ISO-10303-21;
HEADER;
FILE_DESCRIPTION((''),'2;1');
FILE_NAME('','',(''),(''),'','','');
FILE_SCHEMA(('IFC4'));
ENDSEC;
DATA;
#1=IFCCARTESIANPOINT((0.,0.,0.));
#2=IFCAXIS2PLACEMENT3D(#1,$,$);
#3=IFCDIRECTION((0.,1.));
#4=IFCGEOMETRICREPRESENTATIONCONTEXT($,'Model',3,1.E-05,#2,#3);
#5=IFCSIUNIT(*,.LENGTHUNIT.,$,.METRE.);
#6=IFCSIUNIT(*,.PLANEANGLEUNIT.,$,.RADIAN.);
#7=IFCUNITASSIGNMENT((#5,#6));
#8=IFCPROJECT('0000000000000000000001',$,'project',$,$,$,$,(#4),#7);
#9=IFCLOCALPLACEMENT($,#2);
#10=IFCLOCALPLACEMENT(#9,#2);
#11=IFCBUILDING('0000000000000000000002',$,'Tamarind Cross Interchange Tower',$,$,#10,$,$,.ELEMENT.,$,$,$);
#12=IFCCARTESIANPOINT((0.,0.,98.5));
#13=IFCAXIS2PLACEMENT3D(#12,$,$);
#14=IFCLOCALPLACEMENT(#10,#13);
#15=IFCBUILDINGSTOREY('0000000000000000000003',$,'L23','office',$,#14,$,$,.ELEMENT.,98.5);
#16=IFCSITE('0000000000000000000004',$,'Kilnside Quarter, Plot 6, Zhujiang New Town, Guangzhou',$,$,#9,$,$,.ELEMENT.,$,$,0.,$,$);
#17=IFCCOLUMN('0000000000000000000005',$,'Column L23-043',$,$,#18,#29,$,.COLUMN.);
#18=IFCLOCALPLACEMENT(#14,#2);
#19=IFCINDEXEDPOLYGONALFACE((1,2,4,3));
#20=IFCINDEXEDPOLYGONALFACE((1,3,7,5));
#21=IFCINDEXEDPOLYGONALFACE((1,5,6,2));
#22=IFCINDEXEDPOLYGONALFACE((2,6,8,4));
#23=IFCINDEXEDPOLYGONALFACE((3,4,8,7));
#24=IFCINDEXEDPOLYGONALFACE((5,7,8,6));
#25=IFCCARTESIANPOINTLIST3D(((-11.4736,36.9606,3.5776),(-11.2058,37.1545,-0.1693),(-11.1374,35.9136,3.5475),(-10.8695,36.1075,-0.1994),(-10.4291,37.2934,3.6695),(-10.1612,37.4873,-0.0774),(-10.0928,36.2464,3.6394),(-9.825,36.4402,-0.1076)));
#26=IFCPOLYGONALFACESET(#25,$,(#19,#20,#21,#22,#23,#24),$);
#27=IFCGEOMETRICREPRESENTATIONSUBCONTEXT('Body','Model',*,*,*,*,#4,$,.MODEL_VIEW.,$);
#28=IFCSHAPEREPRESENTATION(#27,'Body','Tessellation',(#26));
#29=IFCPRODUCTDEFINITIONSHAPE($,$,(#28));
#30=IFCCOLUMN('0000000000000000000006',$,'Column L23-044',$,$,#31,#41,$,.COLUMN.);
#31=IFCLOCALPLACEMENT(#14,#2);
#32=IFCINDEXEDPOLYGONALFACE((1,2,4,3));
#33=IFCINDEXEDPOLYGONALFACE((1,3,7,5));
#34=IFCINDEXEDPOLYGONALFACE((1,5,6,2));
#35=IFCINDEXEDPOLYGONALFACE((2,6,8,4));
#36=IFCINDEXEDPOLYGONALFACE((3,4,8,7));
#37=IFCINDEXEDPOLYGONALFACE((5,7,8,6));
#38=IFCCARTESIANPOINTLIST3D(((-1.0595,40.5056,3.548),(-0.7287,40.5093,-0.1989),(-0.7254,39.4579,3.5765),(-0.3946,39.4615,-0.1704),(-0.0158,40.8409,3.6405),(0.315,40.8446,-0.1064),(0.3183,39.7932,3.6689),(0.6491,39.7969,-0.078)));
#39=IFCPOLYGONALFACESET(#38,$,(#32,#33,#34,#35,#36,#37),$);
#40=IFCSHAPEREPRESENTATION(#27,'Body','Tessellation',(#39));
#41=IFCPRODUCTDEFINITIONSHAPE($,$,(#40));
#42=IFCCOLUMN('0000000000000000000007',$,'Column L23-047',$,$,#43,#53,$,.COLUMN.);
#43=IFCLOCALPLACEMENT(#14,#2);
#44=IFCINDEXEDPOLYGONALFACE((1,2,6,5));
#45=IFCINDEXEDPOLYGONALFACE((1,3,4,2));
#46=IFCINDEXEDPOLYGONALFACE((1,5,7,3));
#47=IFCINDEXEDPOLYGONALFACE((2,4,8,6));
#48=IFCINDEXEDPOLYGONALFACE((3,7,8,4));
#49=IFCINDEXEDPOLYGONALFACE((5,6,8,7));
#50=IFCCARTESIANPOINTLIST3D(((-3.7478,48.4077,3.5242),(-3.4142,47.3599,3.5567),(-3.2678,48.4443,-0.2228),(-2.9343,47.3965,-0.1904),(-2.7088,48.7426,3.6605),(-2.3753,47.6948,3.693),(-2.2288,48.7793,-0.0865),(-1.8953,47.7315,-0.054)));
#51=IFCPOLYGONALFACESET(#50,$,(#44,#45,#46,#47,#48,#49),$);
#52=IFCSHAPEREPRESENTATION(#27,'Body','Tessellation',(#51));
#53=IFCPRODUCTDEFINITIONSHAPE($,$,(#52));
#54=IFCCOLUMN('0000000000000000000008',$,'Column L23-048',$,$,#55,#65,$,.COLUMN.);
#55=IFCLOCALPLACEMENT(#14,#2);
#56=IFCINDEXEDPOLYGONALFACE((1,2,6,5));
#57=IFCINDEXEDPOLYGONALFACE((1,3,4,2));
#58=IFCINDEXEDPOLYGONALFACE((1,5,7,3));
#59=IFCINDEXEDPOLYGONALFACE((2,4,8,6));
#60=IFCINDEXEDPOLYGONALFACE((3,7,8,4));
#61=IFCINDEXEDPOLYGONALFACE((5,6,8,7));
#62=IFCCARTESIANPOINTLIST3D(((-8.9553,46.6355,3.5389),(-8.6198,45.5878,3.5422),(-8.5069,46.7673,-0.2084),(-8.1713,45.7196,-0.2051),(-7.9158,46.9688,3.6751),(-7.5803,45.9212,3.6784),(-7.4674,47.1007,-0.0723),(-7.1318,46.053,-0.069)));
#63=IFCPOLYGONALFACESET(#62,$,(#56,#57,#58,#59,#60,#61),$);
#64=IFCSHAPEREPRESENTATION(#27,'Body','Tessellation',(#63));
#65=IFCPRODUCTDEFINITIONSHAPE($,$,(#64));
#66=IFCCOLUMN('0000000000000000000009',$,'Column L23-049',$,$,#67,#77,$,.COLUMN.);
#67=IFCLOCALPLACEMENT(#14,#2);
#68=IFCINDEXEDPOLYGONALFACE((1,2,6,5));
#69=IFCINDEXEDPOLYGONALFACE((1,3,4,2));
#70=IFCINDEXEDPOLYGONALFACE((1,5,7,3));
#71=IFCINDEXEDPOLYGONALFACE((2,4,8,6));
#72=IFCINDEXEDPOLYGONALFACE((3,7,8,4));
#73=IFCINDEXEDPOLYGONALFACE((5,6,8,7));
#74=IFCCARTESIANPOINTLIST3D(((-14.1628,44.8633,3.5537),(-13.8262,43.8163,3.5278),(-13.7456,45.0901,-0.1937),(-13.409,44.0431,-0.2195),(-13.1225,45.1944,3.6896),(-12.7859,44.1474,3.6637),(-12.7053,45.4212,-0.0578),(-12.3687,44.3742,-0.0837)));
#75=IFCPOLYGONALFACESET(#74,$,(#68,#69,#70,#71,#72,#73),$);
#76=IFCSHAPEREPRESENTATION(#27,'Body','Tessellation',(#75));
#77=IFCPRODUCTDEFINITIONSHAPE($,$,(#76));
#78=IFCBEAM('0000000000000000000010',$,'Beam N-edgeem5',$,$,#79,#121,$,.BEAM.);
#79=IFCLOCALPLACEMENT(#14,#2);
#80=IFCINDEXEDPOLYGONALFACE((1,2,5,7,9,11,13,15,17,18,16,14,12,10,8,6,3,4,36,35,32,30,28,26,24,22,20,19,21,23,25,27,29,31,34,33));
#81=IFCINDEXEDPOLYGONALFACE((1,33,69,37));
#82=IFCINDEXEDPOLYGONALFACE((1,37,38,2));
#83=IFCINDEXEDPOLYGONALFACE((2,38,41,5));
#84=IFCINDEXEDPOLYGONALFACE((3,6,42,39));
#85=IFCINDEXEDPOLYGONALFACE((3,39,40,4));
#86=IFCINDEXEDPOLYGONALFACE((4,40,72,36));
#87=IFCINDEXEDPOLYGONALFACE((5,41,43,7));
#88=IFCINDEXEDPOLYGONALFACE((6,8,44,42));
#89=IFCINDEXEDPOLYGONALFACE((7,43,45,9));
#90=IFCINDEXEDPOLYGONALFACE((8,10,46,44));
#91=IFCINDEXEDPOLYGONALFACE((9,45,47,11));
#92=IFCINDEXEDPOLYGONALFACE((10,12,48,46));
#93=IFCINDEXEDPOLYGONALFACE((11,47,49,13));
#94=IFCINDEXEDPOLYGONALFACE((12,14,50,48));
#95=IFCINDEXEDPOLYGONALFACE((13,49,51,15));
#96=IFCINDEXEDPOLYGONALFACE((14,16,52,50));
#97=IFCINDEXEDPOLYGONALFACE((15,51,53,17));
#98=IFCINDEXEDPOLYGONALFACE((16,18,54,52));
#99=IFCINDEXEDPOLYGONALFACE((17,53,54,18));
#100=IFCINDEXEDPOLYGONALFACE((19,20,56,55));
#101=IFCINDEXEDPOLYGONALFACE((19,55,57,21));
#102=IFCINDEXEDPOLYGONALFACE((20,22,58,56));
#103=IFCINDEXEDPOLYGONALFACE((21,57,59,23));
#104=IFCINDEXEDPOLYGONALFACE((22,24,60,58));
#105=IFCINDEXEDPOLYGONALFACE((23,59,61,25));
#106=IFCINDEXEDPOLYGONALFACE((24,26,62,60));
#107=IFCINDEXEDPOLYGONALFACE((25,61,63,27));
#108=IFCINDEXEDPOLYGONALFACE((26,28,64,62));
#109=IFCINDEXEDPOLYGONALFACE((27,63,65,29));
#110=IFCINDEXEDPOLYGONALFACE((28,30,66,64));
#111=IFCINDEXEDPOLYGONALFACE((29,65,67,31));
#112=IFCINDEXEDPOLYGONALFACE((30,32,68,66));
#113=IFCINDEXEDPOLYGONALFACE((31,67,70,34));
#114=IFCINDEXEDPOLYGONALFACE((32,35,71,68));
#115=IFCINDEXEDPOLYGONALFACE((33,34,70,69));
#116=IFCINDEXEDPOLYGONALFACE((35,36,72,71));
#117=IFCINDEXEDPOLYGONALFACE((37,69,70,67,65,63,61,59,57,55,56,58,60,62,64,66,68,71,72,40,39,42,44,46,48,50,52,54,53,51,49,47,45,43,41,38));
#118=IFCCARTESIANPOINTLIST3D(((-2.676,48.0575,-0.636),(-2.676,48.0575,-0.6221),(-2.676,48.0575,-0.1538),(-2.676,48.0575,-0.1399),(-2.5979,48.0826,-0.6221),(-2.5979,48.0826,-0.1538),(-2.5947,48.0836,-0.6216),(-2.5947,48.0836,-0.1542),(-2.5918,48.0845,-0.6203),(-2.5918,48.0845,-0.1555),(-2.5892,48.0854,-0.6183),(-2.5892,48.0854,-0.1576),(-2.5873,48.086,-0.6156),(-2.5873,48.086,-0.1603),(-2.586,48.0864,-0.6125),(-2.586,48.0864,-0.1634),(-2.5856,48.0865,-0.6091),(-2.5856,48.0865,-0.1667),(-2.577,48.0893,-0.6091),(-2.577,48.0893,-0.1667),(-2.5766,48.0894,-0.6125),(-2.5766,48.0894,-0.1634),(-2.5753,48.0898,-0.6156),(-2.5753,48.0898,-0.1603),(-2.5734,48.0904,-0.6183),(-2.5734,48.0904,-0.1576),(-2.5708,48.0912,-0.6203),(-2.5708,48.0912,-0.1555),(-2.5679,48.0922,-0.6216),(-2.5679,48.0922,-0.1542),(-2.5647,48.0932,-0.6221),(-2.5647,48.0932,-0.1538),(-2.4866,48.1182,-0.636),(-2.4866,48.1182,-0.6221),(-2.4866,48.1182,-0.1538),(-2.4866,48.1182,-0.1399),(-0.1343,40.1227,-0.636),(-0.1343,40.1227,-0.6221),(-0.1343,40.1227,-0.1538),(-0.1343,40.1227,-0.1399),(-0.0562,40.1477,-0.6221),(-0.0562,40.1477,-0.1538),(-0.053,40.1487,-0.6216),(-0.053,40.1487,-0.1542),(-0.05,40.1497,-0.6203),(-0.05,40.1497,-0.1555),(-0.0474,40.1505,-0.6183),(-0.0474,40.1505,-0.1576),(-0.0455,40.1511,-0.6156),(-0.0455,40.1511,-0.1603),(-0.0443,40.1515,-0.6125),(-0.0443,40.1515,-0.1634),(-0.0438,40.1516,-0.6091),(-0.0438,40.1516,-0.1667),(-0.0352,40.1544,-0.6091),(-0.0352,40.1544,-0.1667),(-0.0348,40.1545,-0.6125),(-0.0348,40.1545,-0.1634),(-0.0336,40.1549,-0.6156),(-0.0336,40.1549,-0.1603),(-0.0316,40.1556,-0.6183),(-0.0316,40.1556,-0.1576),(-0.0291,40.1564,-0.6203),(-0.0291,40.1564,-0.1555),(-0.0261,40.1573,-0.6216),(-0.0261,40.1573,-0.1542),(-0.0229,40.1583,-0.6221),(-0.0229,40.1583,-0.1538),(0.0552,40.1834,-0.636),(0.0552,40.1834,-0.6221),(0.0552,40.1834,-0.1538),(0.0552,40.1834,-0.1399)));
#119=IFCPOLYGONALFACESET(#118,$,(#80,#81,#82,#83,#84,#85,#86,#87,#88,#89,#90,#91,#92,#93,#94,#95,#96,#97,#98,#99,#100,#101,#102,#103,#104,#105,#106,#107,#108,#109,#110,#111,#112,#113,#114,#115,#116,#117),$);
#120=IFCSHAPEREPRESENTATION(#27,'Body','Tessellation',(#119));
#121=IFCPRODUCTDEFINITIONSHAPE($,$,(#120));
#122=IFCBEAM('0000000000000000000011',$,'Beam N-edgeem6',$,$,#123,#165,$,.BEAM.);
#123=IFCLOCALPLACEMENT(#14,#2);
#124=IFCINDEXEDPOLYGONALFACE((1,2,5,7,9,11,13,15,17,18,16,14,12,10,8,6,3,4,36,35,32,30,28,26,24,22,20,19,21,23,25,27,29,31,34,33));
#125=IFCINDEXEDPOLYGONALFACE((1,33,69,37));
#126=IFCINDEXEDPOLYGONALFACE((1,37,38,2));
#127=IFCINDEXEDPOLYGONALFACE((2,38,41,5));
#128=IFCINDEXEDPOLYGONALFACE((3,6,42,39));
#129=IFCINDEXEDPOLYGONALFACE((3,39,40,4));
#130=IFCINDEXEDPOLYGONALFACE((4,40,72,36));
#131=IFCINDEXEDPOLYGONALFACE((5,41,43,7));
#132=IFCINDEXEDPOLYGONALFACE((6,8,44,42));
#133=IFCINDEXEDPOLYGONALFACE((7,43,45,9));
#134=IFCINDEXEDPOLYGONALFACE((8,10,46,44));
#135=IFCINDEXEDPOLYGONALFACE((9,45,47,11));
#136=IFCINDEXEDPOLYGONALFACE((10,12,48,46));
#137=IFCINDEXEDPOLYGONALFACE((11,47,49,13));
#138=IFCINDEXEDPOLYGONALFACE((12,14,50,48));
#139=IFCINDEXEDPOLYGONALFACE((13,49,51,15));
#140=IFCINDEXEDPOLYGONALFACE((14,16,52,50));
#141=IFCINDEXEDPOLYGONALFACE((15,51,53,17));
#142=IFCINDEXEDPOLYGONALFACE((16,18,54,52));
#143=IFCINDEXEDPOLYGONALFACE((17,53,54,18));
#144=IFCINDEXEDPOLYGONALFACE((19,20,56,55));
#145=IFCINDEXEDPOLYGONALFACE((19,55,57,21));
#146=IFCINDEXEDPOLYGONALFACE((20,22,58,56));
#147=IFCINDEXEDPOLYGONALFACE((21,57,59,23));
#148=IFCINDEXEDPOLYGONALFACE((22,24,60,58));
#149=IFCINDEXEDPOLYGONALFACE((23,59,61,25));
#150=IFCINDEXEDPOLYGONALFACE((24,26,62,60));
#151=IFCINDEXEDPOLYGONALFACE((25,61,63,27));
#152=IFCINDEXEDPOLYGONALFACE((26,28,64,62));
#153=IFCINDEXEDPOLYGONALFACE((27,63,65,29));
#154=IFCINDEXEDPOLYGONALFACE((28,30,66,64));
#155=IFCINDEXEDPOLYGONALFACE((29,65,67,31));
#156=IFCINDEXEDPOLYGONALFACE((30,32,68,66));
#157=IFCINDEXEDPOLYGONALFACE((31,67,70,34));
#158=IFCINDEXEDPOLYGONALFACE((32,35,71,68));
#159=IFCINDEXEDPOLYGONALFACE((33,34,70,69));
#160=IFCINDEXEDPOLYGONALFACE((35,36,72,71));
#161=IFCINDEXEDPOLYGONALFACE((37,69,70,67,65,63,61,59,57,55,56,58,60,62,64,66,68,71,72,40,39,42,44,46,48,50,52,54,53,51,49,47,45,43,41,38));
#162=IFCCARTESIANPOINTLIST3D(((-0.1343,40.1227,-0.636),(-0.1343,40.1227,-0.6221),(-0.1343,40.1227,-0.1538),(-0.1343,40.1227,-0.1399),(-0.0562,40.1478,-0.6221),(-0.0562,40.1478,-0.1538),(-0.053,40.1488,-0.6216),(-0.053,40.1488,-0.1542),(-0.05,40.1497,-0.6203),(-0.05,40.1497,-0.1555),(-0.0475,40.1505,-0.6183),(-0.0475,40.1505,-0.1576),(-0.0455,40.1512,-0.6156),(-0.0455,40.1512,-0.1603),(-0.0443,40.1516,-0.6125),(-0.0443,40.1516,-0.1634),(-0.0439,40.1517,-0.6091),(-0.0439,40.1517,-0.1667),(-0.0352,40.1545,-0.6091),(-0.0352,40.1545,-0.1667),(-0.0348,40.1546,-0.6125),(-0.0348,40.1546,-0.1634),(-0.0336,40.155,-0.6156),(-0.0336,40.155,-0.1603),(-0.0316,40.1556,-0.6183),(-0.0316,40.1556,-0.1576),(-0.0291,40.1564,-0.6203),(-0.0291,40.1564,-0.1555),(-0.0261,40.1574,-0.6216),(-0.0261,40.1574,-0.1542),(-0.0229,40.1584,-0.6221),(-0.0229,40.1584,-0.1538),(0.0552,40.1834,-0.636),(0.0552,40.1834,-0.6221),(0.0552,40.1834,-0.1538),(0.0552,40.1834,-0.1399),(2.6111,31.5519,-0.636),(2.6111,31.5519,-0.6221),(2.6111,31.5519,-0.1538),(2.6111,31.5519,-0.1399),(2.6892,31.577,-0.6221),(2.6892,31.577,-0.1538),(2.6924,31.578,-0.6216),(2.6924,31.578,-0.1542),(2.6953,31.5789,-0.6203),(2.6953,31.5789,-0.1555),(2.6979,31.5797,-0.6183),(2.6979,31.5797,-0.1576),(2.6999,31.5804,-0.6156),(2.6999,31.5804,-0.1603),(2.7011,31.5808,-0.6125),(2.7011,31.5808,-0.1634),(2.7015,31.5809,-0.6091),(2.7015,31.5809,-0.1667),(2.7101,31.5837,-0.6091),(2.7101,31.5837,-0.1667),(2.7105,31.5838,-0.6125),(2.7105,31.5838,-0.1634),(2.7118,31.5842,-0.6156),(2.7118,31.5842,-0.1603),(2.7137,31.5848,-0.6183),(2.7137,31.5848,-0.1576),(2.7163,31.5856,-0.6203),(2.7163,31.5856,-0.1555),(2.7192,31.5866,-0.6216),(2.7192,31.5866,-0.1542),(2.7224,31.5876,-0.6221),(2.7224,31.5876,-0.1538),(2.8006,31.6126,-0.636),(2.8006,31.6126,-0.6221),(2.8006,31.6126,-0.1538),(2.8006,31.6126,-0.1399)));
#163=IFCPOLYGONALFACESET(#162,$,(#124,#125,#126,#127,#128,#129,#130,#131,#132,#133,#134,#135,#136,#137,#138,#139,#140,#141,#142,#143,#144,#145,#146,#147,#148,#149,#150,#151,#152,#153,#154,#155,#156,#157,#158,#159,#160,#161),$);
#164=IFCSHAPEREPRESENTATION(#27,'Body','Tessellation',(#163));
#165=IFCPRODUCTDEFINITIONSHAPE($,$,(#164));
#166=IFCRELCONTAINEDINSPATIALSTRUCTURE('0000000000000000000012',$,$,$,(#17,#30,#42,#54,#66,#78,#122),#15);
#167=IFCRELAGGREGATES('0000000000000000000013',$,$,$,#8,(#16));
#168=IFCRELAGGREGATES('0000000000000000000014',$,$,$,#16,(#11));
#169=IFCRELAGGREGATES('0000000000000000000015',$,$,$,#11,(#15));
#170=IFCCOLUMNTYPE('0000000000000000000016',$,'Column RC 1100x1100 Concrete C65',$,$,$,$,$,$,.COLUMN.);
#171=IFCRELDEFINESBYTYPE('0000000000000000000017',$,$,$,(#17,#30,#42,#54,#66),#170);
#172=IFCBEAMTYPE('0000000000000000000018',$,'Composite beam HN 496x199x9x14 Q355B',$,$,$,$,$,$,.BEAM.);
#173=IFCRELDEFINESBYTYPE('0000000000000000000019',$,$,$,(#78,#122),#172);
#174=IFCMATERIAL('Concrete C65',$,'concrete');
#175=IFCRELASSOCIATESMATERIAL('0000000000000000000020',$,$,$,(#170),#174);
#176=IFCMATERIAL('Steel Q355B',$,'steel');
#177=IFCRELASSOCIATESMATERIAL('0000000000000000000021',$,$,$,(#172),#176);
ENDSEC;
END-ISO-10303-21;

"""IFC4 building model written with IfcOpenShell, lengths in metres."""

from ifc_helpers import new_model, si_unit, direction, frame, origin, origin_2d, place, context, subcontext, project, spatial, rectangle, i_section, extrude, material, material_profile, profile_set, type_object, element, save


model = new_model("IFC4")

# Units and contexts
model_context = context("Model", 3, precision=1e-05, world=origin(), true_north=direction((0.0, 1.0)))
body_context = subcontext(model_context, "Body", "Model", "MODEL_VIEW")
ifc_project = project(units=[si_unit("LENGTHUNIT", "METRE"), si_unit("PLANEANGLEUNIT", "RADIAN")], contexts=[model_context])

# Site, building, storey
site_placement = place(None, origin())
site = spatial("IfcSite", under=ifc_project, at=site_placement, Name="Kilnside Quarter, Plot 6, Zhujiang New Town, Guangzhou", CompositionType="ELEMENT", RefElevation=0.0)
building_placement = place(site_placement, origin())
building = spatial("IfcBuilding", under=site, at=building_placement, Name="Tamarind Cross Interchange Tower", CompositionType="ELEMENT")
storey_placement = place(building_placement, frame((0.0, 0.0, 98.5)))
storey = spatial("IfcBuildingStorey", under=building, at=storey_placement, Name="L23", Description="office", CompositionType="ELEMENT", Elevation=98.5)

# Columns
ifc_material_1 = material(Name="Concrete C65", Category="concrete")
ifc_material_profile_1 = material_profile(ifc_material_1, rectangle(XDim=1.1001, YDim=1.1001, at=origin_2d()), Name="RC 1100x1100")
ifc_profile_set_1 = profile_set([ifc_material_profile_1], Name="Concrete C65")
column_type = type_object("IfcColumnType", Name="Column RC 1100x1100 Concrete C65", PredefinedType="COLUMN", material=ifc_profile_set_1)
for number, where, z_axis, x_axis, name in (
    (1, (-10.5154, 36.7974, -0.1384), (-0.071203, -0.051536, 0.99613), (0.949481, 0.302506, 0.083519), "Column L23-043"),
    (2, (-0.0398, 40.1531, -0.1384), (-0.087949, -0.000974, 0.996125), (0.303696, -0.952417, 0.025883), "Column L23-044"),
):
    element("IfcColumn", number, at=place(storey_placement, frame(where, z_axis=z_axis, x_axis=x_axis)), inside=storey, type_object=column_type, Name=name, PredefinedType="COLUMN", context=body_context, shape_type="SweptSolid", body=[
        extrude(rectangle(XDim=1.1001, YDim=1.1001, at=origin_2d()), origin(), (0.0, 0.0, 1.0), 3.7615),
    ])
column_1_placement = place(storey_placement, frame((-2.5815, 48.0879, -0.1384), z_axis=(-0.127051, -0.009694, 0.991849), x_axis=(0.303189, -0.952473, 0.029528)))
element("IfcColumn", 3, at=column_1_placement, inside=storey, type_object=column_type, Name="Column L23-047", PredefinedType="COLUMN", context=body_context, shape_type="SweptSolid", body=[
    extrude(rectangle(XDim=1.1001, YDim=1.1001, at=origin_2d()), origin(), (0.0, 0.0, 1.0), 3.7778),
])
column_2_placement = place(storey_placement, frame((-7.8193, 46.4102, -0.1387), z_axis=(-0.118762, -0.034911, 0.992309), x_axis=(0.305016, -0.952342, 0.003)))
element("IfcColumn", 4, at=column_2_placement, inside=storey, type_object=column_type, Name="Column L23-048", PredefinedType="COLUMN", context=body_context, shape_type="SweptSolid", body=[
    extrude(rectangle(XDim=1.1001, YDim=1.1001, at=origin_2d()), origin(), (0.0, 0.0, 1.0), 3.7764),
])
column_3_placement = place(storey_placement, frame((-13.0571, 44.7322, -0.1387), z_axis=(-0.110459, -0.060045, 0.992065), x_axis=(0.945609, 0.30095, 0.123502)))
element("IfcColumn", 5, at=column_3_placement, inside=storey, type_object=column_type, Name="Column L23-049", PredefinedType="COLUMN", context=body_context, shape_type="SweptSolid", body=[
    extrude(rectangle(XDim=1.1001, YDim=1.1001, at=origin_2d()), origin(), (0.0, 0.0, 1.0), 3.7773),
])

# Beams
ifc_material_2 = material(Name="Steel Q355B", Category="steel")
ifc_material_profile_2 = material_profile(ifc_material_2, i_section(OverallWidth=0.199, OverallDepth=0.4961, WebThickness=0.009, FlangeThickness=0.0139, FilletRadius=0.0129, at=origin_2d()), Name="HN 496x199x9x14")
ifc_profile_set_2 = profile_set([ifc_material_profile_2], Name="Steel Q355B")
beam_type_1 = type_object("IfcBeamType", Name="Composite beam HN 496x199x9x14 Q355B", PredefinedType="BEAM", material=ifc_profile_set_2)
beam_1_placement = place(storey_placement, frame((-2.5813, 48.0879, -0.3879), z_axis=(0.30506, -0.952333, 0.0), x_axis=(0.952333, 0.30506, 0.0)))
element("IfcBeam", 6, at=beam_1_placement, inside=storey, type_object=beam_type_1, Name="Beam N-edgeem5", PredefinedType="BEAM", context=body_context, shape_type="SweptSolid", body=[
    extrude(i_section(OverallWidth=0.199, OverallDepth=0.4961, WebThickness=0.009, FlangeThickness=0.0139, FilletRadius=0.0129, at=origin_2d()), origin(), (0.0, 0.0, 1.0), 8.332),
])
beam_2_placement = place(storey_placement, frame((-0.0396, 40.1531, -0.3879), z_axis=(0.305048, -0.952337, 0.0), x_axis=(0.952337, 0.305048, 0.0)))
element("IfcBeam", 7, at=beam_2_placement, inside=storey, type_object=beam_type_1, Name="Beam N-edgeem6", PredefinedType="BEAM", context=body_context, shape_type="SweptSolid", body=[
    extrude(i_section(OverallWidth=0.199, OverallDepth=0.4961, WebThickness=0.009, FlangeThickness=0.0139, FilletRadius=0.0129, at=origin_2d()), origin(), (0.0, 0.0, 1.0), 8.9998),
])

save(model, "model.ifc")
